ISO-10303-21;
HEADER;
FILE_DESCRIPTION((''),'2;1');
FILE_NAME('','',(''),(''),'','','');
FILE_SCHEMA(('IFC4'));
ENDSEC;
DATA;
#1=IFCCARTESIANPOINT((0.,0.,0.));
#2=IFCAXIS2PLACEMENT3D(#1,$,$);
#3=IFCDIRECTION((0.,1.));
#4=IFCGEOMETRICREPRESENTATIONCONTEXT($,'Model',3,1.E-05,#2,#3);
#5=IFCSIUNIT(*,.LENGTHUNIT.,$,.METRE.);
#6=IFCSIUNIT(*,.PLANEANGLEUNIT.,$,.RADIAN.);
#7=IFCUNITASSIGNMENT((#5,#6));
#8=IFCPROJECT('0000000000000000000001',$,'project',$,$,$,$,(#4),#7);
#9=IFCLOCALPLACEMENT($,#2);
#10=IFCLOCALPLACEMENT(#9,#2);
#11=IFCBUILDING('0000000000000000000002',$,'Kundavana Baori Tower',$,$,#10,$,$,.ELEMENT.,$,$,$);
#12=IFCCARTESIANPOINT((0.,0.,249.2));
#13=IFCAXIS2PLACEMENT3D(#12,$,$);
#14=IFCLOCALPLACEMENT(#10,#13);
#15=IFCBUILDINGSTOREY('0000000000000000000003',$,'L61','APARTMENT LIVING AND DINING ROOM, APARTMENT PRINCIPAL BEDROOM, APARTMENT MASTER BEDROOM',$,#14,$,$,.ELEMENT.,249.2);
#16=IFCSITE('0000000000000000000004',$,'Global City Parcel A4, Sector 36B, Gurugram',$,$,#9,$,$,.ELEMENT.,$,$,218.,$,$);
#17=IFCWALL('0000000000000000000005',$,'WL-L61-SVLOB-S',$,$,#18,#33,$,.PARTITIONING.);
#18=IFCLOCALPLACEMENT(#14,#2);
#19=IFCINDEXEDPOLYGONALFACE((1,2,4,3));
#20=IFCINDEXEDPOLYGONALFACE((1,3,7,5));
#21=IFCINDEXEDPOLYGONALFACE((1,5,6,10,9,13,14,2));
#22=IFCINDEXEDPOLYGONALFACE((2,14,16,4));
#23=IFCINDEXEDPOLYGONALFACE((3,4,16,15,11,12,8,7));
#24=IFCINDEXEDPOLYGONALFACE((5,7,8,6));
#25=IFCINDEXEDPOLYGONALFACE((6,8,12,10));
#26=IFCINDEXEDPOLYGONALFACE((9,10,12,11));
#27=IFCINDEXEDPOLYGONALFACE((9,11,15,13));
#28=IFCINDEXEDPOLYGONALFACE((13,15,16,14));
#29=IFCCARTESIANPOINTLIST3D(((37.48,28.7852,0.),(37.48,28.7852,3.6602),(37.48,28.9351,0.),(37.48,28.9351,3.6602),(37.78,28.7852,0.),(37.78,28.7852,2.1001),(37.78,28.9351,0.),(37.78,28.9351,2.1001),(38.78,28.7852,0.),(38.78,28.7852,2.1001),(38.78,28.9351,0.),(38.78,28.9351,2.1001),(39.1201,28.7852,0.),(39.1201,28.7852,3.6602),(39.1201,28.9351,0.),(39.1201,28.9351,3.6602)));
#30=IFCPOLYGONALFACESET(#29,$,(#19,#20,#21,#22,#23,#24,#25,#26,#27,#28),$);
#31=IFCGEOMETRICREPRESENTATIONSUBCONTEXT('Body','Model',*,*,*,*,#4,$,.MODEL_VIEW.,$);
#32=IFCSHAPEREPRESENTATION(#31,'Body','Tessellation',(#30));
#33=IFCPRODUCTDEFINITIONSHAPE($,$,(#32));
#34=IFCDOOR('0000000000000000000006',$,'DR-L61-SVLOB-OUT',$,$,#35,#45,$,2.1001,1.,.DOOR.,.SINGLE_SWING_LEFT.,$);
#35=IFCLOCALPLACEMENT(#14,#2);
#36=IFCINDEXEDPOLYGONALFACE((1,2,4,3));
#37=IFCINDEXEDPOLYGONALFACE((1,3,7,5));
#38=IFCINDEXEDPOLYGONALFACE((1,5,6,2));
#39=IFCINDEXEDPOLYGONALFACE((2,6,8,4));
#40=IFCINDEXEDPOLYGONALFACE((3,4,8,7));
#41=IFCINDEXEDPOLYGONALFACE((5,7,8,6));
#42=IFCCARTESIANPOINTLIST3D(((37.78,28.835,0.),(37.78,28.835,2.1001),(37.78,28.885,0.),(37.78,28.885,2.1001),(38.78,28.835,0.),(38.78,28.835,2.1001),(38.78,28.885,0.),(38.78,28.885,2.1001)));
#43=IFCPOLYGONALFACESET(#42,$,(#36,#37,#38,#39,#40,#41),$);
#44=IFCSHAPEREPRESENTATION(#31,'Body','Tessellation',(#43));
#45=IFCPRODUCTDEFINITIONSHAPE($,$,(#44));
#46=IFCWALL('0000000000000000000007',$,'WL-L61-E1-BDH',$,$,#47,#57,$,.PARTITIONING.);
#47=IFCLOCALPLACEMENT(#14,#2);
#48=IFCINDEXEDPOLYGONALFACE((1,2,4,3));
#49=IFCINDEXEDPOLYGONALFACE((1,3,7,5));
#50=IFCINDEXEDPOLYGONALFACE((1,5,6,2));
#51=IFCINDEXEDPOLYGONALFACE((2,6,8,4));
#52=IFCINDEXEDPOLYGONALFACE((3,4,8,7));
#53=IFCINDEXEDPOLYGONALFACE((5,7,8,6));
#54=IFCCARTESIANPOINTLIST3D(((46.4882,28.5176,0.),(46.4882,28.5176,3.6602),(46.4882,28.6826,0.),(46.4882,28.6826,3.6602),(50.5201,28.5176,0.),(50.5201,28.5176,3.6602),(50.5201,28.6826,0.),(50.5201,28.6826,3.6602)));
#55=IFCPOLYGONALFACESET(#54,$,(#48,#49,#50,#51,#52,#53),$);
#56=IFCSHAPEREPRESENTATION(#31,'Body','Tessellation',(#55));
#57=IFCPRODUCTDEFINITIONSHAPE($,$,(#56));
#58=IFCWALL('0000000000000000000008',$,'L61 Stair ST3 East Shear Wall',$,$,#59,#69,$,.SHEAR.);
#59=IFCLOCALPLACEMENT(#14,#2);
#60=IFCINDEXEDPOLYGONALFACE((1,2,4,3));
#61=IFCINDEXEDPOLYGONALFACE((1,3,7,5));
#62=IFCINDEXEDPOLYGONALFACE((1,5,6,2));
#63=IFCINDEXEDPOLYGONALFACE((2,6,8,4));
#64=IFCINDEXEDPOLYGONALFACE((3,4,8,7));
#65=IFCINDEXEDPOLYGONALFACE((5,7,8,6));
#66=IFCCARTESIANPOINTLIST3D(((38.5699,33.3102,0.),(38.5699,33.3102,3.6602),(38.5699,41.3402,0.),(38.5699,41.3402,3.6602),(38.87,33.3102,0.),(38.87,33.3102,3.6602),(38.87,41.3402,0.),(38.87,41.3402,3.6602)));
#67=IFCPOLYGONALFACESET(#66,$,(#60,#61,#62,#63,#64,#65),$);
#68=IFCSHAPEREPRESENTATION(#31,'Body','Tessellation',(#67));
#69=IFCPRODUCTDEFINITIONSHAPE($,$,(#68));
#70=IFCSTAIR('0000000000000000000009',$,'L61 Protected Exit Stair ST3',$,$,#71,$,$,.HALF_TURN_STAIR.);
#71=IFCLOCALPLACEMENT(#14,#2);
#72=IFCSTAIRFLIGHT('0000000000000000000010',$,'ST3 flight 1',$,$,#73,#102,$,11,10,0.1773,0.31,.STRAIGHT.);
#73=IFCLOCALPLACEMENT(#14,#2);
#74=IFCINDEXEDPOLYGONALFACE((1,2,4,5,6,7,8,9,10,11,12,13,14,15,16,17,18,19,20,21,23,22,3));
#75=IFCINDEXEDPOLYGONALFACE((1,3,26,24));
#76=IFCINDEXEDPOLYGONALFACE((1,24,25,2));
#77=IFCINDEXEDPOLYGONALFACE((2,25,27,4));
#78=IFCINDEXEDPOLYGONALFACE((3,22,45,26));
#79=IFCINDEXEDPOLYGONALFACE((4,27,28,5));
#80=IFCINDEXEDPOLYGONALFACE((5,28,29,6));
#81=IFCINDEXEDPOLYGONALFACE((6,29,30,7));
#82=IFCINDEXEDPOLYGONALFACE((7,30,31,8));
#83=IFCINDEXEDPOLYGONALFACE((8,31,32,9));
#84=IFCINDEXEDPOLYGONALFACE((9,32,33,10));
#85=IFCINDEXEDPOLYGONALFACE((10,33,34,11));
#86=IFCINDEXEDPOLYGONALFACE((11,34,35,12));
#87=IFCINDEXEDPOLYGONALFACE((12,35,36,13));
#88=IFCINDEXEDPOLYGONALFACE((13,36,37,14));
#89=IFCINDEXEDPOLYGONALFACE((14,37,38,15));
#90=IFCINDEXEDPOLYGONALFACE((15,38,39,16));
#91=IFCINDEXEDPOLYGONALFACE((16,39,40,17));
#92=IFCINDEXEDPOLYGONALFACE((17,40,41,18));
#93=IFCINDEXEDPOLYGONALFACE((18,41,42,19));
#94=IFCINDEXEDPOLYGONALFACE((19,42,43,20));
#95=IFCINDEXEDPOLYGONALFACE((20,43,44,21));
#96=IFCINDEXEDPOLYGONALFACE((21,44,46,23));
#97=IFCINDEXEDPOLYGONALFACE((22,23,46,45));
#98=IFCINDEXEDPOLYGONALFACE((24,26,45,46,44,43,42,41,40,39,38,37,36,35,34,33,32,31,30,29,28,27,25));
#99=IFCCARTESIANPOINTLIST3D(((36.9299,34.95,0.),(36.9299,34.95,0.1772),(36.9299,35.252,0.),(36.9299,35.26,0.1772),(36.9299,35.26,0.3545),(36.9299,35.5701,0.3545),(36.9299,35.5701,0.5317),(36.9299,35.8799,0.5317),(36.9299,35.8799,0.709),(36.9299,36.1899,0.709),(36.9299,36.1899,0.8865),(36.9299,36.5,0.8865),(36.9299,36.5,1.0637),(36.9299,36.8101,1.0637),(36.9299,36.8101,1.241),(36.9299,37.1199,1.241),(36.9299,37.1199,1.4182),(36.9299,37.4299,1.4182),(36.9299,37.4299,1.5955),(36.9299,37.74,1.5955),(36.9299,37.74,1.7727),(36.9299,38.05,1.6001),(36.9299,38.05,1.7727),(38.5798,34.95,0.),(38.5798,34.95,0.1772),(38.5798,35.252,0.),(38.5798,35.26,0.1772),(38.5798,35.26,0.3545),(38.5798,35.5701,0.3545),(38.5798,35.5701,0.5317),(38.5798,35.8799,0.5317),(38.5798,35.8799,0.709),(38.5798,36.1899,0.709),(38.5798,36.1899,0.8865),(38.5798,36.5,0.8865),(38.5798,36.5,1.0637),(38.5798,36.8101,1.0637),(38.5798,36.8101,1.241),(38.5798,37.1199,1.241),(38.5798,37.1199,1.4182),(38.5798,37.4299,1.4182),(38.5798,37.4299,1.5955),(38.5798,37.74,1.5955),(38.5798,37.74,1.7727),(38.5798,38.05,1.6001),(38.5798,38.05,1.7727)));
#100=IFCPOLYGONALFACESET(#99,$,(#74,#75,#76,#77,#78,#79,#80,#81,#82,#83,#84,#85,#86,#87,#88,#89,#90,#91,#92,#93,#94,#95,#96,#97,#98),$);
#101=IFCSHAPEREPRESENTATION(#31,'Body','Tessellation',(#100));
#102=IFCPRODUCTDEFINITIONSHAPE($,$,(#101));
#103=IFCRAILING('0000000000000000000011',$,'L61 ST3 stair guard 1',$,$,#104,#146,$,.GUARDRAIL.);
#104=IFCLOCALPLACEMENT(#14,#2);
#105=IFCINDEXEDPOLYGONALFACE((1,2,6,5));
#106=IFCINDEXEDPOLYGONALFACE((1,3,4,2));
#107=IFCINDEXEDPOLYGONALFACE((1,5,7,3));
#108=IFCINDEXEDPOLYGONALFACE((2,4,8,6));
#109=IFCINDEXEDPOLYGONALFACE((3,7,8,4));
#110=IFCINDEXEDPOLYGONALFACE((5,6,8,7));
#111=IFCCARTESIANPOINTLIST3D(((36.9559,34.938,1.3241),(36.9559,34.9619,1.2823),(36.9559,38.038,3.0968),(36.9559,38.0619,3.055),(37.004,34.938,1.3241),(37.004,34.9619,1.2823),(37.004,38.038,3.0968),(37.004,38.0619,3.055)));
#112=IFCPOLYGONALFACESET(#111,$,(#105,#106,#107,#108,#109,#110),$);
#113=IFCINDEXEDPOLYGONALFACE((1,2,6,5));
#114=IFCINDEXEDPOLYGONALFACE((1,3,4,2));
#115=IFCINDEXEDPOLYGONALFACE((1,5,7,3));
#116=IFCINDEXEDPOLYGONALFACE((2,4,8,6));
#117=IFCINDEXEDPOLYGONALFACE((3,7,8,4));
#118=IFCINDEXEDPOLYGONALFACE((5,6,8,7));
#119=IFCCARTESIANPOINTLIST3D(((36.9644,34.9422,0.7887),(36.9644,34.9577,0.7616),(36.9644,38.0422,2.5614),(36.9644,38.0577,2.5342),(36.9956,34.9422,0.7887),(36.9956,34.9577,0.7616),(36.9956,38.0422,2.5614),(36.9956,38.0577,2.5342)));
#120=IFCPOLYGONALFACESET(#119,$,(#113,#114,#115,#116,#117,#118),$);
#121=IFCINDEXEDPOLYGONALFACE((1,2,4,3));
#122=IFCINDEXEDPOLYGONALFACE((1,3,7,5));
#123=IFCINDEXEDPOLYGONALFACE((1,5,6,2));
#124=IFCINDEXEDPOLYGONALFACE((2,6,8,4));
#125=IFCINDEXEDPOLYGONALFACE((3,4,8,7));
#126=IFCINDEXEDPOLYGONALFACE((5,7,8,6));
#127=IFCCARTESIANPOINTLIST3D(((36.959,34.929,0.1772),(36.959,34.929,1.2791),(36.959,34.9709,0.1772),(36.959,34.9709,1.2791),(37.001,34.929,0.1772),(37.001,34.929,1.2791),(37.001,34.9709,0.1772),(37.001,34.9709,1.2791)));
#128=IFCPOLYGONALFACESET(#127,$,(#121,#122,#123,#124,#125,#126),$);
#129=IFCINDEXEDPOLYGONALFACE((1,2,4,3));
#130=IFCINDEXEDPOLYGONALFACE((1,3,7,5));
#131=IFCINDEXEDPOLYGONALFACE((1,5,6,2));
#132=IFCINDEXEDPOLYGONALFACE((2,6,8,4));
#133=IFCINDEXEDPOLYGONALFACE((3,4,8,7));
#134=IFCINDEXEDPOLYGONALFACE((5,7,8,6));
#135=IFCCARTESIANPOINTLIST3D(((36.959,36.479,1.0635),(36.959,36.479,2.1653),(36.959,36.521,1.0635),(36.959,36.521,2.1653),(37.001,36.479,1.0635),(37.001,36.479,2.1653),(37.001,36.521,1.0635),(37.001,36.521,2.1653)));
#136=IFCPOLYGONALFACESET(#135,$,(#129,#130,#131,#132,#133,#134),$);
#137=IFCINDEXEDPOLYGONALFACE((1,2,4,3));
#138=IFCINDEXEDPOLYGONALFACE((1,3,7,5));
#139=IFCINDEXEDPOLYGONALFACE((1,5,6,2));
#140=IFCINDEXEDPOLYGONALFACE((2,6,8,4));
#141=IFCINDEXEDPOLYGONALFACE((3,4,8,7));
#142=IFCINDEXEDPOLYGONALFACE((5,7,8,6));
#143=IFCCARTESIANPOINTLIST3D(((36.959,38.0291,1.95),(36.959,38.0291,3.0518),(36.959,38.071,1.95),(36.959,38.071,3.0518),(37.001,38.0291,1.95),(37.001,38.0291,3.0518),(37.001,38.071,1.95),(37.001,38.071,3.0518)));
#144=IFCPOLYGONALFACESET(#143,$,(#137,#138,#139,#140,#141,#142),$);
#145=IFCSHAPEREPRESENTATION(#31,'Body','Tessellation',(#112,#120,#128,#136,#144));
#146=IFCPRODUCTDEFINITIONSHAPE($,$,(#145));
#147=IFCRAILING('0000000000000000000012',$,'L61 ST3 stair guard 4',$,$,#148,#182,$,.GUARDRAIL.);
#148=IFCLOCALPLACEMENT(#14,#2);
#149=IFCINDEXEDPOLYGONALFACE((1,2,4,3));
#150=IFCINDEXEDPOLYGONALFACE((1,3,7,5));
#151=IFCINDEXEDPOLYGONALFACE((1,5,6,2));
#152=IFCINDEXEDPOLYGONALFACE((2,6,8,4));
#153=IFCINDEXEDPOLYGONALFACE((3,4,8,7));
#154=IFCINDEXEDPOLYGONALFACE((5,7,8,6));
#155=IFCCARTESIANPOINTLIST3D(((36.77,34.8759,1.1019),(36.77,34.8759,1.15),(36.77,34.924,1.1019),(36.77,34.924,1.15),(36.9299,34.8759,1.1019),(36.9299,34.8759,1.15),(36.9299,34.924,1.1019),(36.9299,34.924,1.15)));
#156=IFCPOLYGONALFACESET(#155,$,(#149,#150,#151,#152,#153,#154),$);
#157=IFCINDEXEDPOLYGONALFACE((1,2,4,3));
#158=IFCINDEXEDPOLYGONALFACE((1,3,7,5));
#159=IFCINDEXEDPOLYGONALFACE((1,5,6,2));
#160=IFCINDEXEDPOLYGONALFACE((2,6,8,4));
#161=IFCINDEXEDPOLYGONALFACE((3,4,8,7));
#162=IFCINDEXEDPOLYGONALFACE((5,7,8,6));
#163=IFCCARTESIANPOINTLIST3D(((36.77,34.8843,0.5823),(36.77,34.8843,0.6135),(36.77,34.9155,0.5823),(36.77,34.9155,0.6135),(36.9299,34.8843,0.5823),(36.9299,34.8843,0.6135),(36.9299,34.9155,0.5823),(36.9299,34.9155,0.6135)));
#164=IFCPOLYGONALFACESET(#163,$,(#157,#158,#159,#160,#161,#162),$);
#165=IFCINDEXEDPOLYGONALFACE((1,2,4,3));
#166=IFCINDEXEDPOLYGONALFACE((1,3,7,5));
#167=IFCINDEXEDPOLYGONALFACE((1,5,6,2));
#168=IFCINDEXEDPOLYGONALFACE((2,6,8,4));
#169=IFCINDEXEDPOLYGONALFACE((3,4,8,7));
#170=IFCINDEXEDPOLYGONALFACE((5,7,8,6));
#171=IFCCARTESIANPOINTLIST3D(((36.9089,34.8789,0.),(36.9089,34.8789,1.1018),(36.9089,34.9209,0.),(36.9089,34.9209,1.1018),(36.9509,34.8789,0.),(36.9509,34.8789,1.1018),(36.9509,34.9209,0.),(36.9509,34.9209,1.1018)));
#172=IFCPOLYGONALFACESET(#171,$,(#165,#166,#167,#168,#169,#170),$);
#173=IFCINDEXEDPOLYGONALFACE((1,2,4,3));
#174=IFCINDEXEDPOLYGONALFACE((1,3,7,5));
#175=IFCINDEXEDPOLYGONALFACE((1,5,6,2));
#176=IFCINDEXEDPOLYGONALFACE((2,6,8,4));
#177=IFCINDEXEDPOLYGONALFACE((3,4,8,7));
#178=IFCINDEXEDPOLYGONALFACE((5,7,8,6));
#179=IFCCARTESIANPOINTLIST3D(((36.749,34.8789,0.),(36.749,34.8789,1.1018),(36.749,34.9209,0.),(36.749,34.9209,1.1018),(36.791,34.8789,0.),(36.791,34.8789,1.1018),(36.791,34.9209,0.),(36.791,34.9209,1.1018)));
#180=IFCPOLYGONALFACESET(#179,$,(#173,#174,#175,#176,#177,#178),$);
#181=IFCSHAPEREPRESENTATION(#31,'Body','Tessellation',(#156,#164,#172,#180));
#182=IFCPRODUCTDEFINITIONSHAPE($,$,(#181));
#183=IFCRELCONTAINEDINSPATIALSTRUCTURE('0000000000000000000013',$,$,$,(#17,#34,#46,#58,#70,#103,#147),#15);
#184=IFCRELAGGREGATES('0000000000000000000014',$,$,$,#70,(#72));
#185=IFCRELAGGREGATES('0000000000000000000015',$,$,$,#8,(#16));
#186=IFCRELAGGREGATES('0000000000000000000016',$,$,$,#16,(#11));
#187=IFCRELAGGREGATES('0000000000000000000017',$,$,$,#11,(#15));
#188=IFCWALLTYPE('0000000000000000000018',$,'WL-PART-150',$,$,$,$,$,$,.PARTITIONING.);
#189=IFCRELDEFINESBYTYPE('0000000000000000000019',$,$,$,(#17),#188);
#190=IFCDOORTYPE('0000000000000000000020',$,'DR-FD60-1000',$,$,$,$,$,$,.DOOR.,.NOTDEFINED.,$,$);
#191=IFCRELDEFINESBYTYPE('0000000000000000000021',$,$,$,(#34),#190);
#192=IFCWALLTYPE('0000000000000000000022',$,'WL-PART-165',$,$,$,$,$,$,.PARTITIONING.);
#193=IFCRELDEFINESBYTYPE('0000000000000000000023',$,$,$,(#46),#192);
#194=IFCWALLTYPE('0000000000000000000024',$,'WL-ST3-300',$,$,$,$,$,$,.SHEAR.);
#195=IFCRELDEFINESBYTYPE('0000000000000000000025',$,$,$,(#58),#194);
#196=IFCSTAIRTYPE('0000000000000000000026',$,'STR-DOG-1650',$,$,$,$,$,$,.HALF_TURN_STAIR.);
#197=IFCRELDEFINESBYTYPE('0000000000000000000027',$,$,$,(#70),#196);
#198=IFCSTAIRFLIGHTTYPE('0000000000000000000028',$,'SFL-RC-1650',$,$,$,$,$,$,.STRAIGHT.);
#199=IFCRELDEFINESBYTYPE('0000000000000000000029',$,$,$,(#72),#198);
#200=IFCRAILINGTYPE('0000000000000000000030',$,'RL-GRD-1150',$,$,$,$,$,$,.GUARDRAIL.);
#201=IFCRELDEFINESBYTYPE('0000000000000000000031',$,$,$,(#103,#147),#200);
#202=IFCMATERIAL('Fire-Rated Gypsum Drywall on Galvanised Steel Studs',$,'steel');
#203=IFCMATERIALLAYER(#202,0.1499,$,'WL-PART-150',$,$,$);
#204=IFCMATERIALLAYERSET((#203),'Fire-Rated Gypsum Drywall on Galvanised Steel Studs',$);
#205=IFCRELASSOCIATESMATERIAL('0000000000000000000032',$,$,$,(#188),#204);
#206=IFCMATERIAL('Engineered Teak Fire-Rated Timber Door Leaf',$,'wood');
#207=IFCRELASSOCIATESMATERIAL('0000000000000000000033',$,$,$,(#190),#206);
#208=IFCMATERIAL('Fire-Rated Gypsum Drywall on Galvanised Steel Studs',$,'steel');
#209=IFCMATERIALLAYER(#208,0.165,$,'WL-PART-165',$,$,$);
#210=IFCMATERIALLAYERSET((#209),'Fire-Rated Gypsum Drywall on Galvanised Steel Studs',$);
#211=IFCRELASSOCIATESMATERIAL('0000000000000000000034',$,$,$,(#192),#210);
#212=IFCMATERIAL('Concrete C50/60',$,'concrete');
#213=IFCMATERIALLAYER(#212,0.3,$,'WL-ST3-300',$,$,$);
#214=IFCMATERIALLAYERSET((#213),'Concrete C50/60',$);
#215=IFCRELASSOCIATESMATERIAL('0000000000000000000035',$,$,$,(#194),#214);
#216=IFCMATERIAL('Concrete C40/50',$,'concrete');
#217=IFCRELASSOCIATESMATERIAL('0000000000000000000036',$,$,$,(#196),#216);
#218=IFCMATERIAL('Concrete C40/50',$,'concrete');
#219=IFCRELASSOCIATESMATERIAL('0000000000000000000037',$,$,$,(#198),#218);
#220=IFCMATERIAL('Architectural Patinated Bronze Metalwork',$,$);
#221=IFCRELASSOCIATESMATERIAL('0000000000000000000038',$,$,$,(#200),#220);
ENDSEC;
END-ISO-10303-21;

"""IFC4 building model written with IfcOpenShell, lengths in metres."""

from ifc_helpers import new_model, si_unit, direction, frame, frame_2d, origin, origin_2d, place, context, subcontext, project, spatial, polyline, rectangle, outline, extrude, material, layer, layer_set, type_object, element, fill, aggregate, save


model = new_model("IFC4")

# Units and contexts
model_context = context("Model", 3, precision=1e-05, world=origin(), true_north=direction((0.0, 1.0)))
body_context = subcontext(model_context, "Body", "Model", "MODEL_VIEW")
ifc_project = project(units=[si_unit("LENGTHUNIT", "METRE"), si_unit("PLANEANGLEUNIT", "RADIAN")], contexts=[model_context])

# Site, building, storey
site_placement = place(None, origin())
site = spatial("IfcSite", under=ifc_project, at=site_placement, Name="Global City Parcel A4, Sector 36B, Gurugram", CompositionType="ELEMENT", RefElevation=218.0)
building_placement = place(site_placement, origin())
building = spatial("IfcBuilding", under=site, at=building_placement, Name="Kundavana Baori Tower", CompositionType="ELEMENT")
storey_placement = place(building_placement, frame((0.0, 0.0, 249.2)))
storey = spatial("IfcBuildingStorey", under=building, at=storey_placement, Name="L61", Description="APARTMENT LIVING AND DINING ROOM, APARTMENT PRINCIPAL BEDROOM, APARTMENT MASTER BEDROOM", CompositionType="ELEMENT", Elevation=249.2)

# Shared definitions
ifc_material_1 = material(Name="Fire-Rated Gypsum Drywall on Galvanised Steel Studs", Category="steel")
ifc_layer_1 = layer(ifc_material_1, 0.1499, Name="WL-PART-150")
ifc_layer_set_1 = layer_set([ifc_layer_1], Name="Fire-Rated Gypsum Drywall on Galvanised Steel Studs")
wall_type_1 = type_object("IfcWallType", Name="WL-PART-150", PredefinedType="PARTITIONING", material=ifc_layer_set_1)

# Wall, opening, door
wall_1_placement = place(storey_placement, frame((37.48, 28.8601, 0.0), z_axis=(0.0, 0.0, 1.0), x_axis=(1.0, 0.0, 0.0)))
wall_1 = element("IfcWall", 1, at=wall_1_placement, inside=storey, type_object=wall_type_1, Name="WL-L61-SVLOB-S", PredefinedType="PARTITIONING", context=body_context, shape_type="SweptSolid", body=[
    extrude(rectangle(XDim=1.6401, YDim=0.1499, at=frame_2d((0.8201, 0.0))), origin(), (0.0, 0.0, 1.0), 3.6602),
])
opening_1_placement = place(wall_1_placement, frame((0.3, 0.0, 0.0)))
opening_1 = element("IfcOpeningElement", 2, at=opening_1_placement, cuts=wall_1, PredefinedType="OPENING", context=body_context, shape_type="SweptSolid", body=[
    extrude(rectangle(XDim=1.0, YDim=2.1001, at=frame_2d((0.5, 1.05))), frame((0.0, 0.085, 0.0), z_axis=(0.0, -1.0, 0.0), x_axis=(1.0, 0.0, 0.0)), (0.0, 0.0, 1.0), 0.1699),
])
ifc_material_2 = material(Name="Engineered Teak Fire-Rated Timber Door Leaf", Category="wood")
door_type_1 = type_object("IfcDoorType", Name="DR-FD60-1000", OperationType="NOTDEFINED", PredefinedType="DOOR", material=ifc_material_2)
door_1_placement = place(opening_1_placement, origin())
door_1 = element("IfcDoor", 3, at=door_1_placement, inside=storey, type_object=door_type_1, Name="DR-L61-SVLOB-OUT", OperationType="SINGLE_SWING_LEFT", OverallHeight=2.1001, OverallWidth=1.0, PredefinedType="DOOR", context=body_context, shape_type="SweptSolid", body=[
    extrude(rectangle(XDim=1.0, YDim=2.1001, at=frame_2d((0.5, 1.05))), frame((0.0, 0.0249, 0.0), z_axis=(0.0, -1.0, 0.0), x_axis=(1.0, 0.0, 0.0)), (0.0, 0.0, 1.0), 0.05),
])
fill(opening_1, door_1)

# Wall
ifc_material_3 = material(Name="Fire-Rated Gypsum Drywall on Galvanised Steel Studs", Category="steel")
ifc_layer_2 = layer(ifc_material_3, 0.165, Name="WL-PART-165")
ifc_layer_set_2 = layer_set([ifc_layer_2], Name="Fire-Rated Gypsum Drywall on Galvanised Steel Studs")
wall_type_2 = type_object("IfcWallType", Name="WL-PART-165", PredefinedType="PARTITIONING", material=ifc_layer_set_2)
wall_2_placement = place(storey_placement, frame((46.488, 28.6001, 0.0), z_axis=(0.0, 0.0, 1.0), x_axis=(1.0, 0.0, 0.0)))
element("IfcWall", 4, at=wall_2_placement, inside=storey, type_object=wall_type_2, Name="WL-L61-E1-BDH", PredefinedType="PARTITIONING", context=body_context, shape_type="SweptSolid", body=[
    extrude(rectangle(XDim=4.032, YDim=0.165, at=frame_2d((2.0161, 0.0))), origin(), (0.0, 0.0, 1.0), 3.6602),
])

# Wall
ifc_material_4 = material(Name="Concrete C50/60", Category="concrete")
ifc_layer_3 = layer(ifc_material_4, 0.3, Name="WL-ST3-300")
ifc_layer_set_3 = layer_set([ifc_layer_3], Name="Concrete C50/60")
wall_type_3 = type_object("IfcWallType", Name="WL-ST3-300", PredefinedType="SHEAR", material=ifc_layer_set_3)
wall_3_placement = place(storey_placement, frame((38.72, 33.3101, 0.0), z_axis=(0.0, 0.0, 1.0), x_axis=(0.0, 1.0, 0.0)))
element("IfcWall", 5, at=wall_3_placement, inside=storey, type_object=wall_type_3, Name="L61 Stair ST3 East Shear Wall", PredefinedType="SHEAR", context=body_context, shape_type="SweptSolid", body=[
    extrude(rectangle(XDim=8.03, YDim=0.3, at=frame_2d((4.0151, 0.0))), origin(), (0.0, 0.0, 1.0), 3.6602),
])

# Stair, stair flight
ifc_material_5 = material(Name="Concrete C40/50", Category="concrete")
stair_type = type_object("IfcStairType", Name="STR-DOG-1650", PredefinedType="HALF_TURN_STAIR", material=ifc_material_5)
stair_placement = place(storey_placement, origin())
stair = element("IfcStair", 6, at=stair_placement, inside=storey, type_object=stair_type, Name="L61 Protected Exit Stair ST3", PredefinedType="HALF_TURN_STAIR")
ifc_material_6 = material(Name="Concrete C40/50", Category="concrete")
stair_flight_type = type_object("IfcStairFlightType", Name="SFL-RC-1650", PredefinedType="STRAIGHT", material=ifc_material_6)
stair_flight_placement = place(storey_placement, frame((37.7549, 34.95, 0.0), z_axis=(0.0, 0.0, 1.0), x_axis=(0.0, 1.0, 0.0)))
stair_flight = element("IfcStairFlight", 7, at=stair_flight_placement, type_object=stair_flight_type, Name="ST3 flight 1", NumberOfRisers=11, NumberOfTreads=10, PredefinedType="STRAIGHT", RiserHeight=0.1773, TreadLength=0.31, context=body_context, shape_type="SweptSolid", body=[
    extrude(outline(polyline([(0.0, 0.0), (0.0, 0.1772), (0.3101, 0.1772), (0.3101, 0.3545), (0.6201, 0.3545), (0.6201, 0.5317), (0.9299, 0.5317), (0.9299, 0.709), (1.24, 0.709), (1.24, 0.8865), (1.55, 0.8865), (1.55, 1.0637), (1.8601, 1.0637), (1.8601, 1.241), (2.1699, 1.241), (2.1699, 1.4182), (2.48, 1.4182), (2.48, 1.5955), (2.79, 1.5955), (2.79, 1.7727), (3.1001, 1.7727), (3.1001, 1.95), (3.1001, 1.6001), (0.302, 0.0), (0.0, 0.0)])), frame((0.0, 0.825, 0.0), z_axis=(0.0, -1.0, 0.0), x_axis=(1.0, 0.0, 0.0)), (0.0, 0.0, 1.0), 1.6499),
])
aggregate(stair, [stair_flight])

# Railings
ifc_material_7 = material(Name="Architectural Patinated Bronze Metalwork")
railing_type_1 = type_object("IfcRailingType", Name="RL-GRD-1150", PredefinedType="GUARDRAIL", material=ifc_material_7)
railing_1_placement = place(storey_placement, frame((36.98, 34.95, 0.1772)))
element("IfcRailing", 8, at=railing_1_placement, inside=storey, type_object=railing_type_1, Name="L61 ST3 stair guard 1", PredefinedType="GUARDRAIL", context=body_context, shape_type="SweptSolid", body=[
    extrude(rectangle(XDim=0.0481, YDim=0.0481, at=origin_2d()), frame((0.0, 0.0, 1.126), z_axis=(0.0, 0.868096, 0.496397), x_axis=(-1.0, 0.0, 0.0)), (0.0, 0.0, 1.0), 3.571),
    extrude(rectangle(XDim=0.0312, YDim=0.0312, at=origin_2d()), frame((0.0, 0.0, 0.5979), z_axis=(0.0, 0.868096, 0.496397), x_axis=(-1.0, 0.0, 0.0)), (0.0, 0.0, 1.0), 3.571),
    extrude(rectangle(XDim=0.042, YDim=0.042, at=origin_2d()), origin(), (0.0, 0.0, 1.0), 1.1018),
    extrude(rectangle(XDim=0.042, YDim=0.042, at=origin_2d()), frame((0.0, 1.55, 0.8862)), (0.0, 0.0, 1.0), 1.1018),
    extrude(rectangle(XDim=0.042, YDim=0.042, at=origin_2d()), frame((0.0, 3.1001, 1.7727)), (0.0, 0.0, 1.0), 1.1018),
])
railing_2_placement = place(storey_placement, frame((36.9299, 34.8999, 0.0)))
element("IfcRailing", 9, at=railing_2_placement, inside=storey, type_object=railing_type_1, Name="L61 ST3 stair guard 4", PredefinedType="GUARDRAIL", context=body_context, shape_type="SweptSolid", body=[
    extrude(rectangle(XDim=0.0481, YDim=0.0481, at=origin_2d()), frame((0.0, 0.0, 1.126), z_axis=(-1.0, 0.0, 0.0), x_axis=(0.0, -1.0, 0.0)), (0.0, 0.0, 1.0), 0.1599),
    extrude(rectangle(XDim=0.0312, YDim=0.0312, at=origin_2d()), frame((0.0, 0.0, 0.5979), z_axis=(-1.0, 0.0, 0.0), x_axis=(0.0, -1.0, 0.0)), (0.0, 0.0, 1.0), 0.1599),
    extrude(rectangle(XDim=0.042, YDim=0.042, at=origin_2d()), origin(), (0.0, 0.0, 1.0), 1.1018),
    extrude(rectangle(XDim=0.042, YDim=0.042, at=origin_2d()), frame((-0.1599, 0.0, 0.0)), (0.0, 0.0, 1.0), 1.1018),
])

save(model, "model.ifc")
